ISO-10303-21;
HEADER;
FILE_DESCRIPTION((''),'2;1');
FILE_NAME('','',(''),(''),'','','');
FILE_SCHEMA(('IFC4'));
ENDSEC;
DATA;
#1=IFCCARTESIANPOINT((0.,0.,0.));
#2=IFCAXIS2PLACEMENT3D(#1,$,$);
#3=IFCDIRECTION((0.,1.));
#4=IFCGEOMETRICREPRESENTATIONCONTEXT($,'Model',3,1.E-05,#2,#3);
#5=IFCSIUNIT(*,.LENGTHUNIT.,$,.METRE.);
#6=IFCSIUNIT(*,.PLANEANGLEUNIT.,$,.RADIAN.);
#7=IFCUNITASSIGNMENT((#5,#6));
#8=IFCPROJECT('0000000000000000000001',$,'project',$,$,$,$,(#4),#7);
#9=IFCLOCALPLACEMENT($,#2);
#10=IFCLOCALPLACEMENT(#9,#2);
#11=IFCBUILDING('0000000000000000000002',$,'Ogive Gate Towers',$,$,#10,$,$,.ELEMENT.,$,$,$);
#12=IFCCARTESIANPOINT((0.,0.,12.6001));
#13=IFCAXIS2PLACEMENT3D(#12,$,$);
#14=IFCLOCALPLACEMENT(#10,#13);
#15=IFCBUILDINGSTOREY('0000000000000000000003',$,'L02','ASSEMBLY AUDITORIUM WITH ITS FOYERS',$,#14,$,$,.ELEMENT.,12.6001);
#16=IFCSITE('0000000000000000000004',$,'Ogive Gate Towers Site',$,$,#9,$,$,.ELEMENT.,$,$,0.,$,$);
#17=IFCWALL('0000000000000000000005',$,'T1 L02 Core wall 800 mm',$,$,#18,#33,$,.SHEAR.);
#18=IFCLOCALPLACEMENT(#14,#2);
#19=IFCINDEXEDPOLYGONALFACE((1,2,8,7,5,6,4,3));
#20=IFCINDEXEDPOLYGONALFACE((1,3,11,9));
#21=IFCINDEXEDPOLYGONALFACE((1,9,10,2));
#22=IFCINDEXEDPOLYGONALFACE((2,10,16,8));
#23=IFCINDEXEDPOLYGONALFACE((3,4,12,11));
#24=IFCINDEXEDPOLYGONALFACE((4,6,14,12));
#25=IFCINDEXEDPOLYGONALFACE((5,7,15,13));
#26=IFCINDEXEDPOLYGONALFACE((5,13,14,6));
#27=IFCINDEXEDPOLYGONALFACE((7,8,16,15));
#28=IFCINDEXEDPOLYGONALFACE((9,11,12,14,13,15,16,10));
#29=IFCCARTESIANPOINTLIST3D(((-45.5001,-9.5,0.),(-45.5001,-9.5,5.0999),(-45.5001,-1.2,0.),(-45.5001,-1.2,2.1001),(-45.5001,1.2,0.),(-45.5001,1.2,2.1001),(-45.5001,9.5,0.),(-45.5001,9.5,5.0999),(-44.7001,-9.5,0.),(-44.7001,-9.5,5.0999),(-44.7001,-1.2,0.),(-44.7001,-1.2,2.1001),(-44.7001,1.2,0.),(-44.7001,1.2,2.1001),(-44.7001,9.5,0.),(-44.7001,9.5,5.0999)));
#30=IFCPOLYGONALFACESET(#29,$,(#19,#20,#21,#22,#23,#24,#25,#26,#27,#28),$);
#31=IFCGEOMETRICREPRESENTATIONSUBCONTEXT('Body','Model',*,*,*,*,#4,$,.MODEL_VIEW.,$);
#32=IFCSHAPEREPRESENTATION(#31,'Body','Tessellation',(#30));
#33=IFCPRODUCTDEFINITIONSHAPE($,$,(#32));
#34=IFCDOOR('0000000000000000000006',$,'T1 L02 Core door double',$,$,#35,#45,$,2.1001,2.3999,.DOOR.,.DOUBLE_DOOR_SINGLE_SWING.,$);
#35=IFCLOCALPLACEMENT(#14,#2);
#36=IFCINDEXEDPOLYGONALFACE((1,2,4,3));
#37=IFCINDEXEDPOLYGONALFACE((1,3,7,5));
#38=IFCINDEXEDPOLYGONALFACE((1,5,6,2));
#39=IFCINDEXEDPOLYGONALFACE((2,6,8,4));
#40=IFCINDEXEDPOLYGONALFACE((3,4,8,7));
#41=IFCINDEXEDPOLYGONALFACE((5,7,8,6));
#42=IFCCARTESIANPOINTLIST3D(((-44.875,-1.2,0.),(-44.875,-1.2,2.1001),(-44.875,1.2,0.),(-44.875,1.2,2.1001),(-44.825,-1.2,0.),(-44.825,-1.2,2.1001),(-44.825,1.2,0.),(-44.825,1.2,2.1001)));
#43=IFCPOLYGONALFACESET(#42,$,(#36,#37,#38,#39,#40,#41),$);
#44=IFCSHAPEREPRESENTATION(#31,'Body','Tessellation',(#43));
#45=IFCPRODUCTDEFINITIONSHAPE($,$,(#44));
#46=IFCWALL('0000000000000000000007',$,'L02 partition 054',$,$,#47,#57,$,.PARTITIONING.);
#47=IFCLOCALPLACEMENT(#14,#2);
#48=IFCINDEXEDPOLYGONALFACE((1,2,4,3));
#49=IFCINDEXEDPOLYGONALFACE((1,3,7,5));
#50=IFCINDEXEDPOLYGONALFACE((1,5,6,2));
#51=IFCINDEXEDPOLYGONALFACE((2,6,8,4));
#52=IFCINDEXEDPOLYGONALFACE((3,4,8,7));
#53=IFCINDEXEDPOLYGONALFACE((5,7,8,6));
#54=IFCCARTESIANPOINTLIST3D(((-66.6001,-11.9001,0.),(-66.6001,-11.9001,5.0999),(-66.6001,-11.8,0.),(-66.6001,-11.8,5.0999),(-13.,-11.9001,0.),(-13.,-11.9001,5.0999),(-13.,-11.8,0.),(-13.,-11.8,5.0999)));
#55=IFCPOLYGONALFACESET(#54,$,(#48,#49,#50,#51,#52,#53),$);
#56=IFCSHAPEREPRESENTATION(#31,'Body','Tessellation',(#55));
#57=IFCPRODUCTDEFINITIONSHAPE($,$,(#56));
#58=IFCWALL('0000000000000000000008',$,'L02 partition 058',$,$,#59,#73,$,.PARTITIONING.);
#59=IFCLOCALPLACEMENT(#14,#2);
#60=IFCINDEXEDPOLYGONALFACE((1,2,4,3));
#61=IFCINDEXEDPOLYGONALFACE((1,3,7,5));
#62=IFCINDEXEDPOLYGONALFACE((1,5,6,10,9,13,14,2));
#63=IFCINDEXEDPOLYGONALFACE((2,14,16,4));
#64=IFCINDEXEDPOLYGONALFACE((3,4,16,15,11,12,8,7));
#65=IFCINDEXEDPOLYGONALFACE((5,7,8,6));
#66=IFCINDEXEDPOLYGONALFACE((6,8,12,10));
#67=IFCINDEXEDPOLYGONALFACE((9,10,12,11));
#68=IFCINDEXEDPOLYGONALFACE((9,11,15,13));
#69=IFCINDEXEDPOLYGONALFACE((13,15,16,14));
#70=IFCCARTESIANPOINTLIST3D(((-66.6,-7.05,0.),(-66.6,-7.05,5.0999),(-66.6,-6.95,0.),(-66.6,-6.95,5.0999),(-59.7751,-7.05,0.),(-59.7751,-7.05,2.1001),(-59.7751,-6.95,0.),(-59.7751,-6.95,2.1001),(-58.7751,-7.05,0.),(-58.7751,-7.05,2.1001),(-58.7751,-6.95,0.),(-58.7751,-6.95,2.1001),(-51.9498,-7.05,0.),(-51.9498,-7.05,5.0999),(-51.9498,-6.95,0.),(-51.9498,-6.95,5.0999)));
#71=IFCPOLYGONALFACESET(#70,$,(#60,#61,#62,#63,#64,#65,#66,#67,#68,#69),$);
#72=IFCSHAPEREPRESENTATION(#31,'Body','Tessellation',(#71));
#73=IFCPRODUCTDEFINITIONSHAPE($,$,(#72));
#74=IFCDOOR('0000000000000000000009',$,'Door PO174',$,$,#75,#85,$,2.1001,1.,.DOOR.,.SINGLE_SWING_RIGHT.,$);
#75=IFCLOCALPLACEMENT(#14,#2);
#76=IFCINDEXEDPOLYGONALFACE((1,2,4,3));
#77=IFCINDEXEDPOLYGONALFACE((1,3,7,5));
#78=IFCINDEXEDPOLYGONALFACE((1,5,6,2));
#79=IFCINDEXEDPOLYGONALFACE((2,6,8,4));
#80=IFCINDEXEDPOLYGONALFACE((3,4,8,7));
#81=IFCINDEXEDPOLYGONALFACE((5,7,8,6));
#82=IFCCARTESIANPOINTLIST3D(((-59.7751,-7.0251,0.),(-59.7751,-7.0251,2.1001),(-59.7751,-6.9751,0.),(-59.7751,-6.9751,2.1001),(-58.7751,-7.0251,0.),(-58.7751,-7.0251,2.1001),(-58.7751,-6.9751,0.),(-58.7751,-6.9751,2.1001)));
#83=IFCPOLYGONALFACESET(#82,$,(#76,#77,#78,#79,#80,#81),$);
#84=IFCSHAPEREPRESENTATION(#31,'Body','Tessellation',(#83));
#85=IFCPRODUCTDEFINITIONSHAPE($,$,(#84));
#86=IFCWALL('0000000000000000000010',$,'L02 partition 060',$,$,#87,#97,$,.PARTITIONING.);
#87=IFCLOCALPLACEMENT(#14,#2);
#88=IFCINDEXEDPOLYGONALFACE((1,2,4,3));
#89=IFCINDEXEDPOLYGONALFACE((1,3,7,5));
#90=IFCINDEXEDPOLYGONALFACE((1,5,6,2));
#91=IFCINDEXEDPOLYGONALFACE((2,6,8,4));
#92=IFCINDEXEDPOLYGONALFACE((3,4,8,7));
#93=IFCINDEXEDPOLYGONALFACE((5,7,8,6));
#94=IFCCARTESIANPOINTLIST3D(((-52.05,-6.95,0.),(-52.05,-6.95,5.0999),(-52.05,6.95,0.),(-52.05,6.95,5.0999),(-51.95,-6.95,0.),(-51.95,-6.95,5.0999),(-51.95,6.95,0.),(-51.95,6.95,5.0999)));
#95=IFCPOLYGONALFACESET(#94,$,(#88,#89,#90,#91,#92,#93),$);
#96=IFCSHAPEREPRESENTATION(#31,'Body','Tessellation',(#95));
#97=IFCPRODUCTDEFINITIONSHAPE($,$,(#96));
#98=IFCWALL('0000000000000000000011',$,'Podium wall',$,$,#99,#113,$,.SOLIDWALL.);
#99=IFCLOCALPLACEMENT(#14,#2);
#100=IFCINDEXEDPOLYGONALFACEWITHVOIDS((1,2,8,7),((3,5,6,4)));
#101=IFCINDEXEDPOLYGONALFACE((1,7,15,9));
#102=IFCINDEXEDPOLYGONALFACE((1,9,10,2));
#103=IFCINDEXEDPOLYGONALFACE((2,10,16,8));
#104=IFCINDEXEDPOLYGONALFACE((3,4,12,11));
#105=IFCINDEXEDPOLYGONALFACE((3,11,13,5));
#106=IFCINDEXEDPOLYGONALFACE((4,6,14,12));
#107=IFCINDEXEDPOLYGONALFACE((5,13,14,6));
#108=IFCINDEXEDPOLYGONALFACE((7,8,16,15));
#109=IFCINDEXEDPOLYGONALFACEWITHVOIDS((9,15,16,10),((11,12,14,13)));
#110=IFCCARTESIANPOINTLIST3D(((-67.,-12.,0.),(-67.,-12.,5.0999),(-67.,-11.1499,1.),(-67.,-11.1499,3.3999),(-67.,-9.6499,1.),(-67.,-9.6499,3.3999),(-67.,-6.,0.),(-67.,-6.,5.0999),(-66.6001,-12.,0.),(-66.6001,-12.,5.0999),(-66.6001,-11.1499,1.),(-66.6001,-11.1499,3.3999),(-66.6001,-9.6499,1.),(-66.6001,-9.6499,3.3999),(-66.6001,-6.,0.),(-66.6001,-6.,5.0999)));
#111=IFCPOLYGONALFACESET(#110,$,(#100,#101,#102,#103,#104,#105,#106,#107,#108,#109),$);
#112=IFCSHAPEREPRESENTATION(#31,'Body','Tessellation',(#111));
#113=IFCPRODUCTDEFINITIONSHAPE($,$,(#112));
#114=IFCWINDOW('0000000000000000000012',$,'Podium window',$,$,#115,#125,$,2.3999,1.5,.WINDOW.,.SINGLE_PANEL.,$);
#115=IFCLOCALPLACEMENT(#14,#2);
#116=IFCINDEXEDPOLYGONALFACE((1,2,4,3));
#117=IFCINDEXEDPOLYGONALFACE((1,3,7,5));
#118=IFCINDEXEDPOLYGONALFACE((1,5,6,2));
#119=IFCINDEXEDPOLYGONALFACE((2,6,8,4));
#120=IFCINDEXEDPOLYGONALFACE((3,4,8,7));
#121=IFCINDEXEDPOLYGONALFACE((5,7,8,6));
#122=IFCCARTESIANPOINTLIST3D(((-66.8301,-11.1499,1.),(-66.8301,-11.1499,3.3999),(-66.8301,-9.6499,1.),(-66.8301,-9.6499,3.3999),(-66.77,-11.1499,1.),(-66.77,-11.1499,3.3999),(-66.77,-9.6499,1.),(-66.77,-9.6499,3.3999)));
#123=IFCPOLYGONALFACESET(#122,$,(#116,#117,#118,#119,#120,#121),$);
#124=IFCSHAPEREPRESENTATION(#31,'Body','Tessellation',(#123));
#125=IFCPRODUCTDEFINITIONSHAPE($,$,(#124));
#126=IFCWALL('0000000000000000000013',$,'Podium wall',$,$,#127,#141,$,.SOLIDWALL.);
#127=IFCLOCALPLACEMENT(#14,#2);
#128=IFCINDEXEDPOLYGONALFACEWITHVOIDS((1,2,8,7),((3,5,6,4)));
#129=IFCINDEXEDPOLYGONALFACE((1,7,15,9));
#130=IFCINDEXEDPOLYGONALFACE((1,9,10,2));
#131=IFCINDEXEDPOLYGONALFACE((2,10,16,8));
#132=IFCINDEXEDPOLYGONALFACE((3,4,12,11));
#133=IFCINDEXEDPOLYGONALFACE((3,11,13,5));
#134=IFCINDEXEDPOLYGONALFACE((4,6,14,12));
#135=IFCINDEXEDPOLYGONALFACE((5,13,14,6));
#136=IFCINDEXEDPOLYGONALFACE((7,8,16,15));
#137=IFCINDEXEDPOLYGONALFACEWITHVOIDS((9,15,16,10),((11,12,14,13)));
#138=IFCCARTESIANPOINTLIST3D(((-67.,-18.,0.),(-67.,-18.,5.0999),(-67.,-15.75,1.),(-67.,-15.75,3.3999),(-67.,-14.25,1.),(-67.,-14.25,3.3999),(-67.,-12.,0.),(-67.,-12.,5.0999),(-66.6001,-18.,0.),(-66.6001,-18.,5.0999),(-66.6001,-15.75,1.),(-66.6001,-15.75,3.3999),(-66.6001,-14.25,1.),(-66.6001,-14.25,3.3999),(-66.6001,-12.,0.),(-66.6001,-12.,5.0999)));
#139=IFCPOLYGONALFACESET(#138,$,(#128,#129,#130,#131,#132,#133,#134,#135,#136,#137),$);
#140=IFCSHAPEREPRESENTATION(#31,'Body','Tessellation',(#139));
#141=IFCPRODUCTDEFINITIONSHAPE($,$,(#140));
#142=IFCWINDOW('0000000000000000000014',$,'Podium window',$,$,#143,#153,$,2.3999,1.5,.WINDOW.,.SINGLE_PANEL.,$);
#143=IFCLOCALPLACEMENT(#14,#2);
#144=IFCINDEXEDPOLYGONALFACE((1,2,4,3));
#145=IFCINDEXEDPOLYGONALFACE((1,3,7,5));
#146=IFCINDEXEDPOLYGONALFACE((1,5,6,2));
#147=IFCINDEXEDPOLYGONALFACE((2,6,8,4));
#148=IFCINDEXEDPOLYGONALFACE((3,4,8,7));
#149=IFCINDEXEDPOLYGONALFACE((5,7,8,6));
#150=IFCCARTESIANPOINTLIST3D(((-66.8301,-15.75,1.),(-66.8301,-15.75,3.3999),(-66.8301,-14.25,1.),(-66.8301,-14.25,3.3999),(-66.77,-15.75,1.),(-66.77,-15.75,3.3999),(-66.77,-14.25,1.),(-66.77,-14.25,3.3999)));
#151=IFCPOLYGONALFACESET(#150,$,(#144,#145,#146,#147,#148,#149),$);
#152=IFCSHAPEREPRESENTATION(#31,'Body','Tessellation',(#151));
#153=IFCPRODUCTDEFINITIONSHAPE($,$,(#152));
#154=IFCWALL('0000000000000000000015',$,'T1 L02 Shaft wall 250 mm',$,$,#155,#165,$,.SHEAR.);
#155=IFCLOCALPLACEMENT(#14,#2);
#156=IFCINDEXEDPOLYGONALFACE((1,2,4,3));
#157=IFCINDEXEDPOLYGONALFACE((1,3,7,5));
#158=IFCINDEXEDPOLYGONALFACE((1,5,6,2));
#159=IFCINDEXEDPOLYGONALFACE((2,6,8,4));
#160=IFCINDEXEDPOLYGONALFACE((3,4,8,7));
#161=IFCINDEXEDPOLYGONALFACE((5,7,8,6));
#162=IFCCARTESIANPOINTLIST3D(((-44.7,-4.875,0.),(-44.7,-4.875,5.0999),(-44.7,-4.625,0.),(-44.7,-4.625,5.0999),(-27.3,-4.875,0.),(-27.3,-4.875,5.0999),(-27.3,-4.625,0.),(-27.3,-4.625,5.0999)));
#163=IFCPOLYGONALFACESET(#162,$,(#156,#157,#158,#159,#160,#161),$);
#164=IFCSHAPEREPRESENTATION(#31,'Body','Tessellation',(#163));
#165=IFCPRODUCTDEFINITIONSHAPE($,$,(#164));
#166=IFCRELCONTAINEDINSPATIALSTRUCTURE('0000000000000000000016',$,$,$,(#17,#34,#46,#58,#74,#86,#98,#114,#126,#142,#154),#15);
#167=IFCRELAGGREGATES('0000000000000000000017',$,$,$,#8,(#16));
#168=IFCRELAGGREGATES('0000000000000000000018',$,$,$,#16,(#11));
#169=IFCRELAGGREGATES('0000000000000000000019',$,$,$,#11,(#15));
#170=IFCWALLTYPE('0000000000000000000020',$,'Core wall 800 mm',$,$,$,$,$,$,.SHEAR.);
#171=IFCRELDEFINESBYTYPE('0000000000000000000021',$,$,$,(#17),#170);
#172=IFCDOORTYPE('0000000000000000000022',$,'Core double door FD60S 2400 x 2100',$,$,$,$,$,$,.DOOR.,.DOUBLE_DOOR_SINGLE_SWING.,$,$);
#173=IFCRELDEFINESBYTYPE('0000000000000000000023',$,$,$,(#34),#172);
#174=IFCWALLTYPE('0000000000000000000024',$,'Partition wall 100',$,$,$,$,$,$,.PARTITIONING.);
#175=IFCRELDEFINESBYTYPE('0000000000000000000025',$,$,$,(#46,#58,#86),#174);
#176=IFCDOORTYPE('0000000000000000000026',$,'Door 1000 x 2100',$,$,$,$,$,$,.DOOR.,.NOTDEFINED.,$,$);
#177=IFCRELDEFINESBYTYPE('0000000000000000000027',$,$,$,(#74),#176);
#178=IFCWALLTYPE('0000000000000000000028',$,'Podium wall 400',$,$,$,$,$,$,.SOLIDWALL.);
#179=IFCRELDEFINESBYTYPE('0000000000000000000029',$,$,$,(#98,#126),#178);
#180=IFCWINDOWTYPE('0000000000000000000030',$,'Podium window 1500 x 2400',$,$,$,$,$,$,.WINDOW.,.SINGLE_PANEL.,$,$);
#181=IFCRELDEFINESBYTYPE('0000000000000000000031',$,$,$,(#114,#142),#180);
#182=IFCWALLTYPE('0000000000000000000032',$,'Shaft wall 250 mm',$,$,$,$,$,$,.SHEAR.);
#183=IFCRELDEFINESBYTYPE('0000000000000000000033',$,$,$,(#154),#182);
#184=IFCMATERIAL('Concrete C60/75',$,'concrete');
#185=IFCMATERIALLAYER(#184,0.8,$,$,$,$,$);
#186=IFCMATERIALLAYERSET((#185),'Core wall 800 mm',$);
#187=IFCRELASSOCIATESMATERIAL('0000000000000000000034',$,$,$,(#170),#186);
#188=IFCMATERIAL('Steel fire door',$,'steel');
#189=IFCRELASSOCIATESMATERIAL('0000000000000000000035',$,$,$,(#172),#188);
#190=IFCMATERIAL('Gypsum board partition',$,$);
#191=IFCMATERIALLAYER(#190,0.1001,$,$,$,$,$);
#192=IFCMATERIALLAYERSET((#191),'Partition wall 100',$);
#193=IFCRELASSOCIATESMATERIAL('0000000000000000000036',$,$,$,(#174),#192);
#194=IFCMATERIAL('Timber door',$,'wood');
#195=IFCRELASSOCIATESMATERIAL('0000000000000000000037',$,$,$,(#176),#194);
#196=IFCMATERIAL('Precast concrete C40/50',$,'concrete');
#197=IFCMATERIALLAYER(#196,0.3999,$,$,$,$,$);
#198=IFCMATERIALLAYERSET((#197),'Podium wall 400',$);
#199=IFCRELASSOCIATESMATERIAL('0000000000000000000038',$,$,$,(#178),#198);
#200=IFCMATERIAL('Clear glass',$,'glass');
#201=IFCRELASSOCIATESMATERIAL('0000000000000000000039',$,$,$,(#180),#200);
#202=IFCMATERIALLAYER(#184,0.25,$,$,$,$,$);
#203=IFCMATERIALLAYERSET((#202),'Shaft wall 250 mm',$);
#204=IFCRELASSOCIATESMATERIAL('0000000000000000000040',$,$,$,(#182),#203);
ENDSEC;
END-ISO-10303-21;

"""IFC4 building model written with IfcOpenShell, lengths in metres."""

from ifc_helpers import new_model, si_unit, direction, frame, frame_2d, origin, place, context, subcontext, project, spatial, rectangle, extrude, material, layer, layer_set, type_object, element, fill, save


model = new_model("IFC4")

# Units and contexts
model_context = context("Model", 3, precision=1e-05, world=origin(), true_north=direction((0.0, 1.0)))
body_context = subcontext(model_context, "Body", "Model", "MODEL_VIEW")
ifc_project = project(units=[si_unit("LENGTHUNIT", "METRE"), si_unit("PLANEANGLEUNIT", "RADIAN")], contexts=[model_context])

# Site, building, storey
site_placement = place(None, origin())
site = spatial("IfcSite", under=ifc_project, at=site_placement, Name="Ogive Gate Towers Site", CompositionType="ELEMENT", RefElevation=0.0)
building_placement = place(site_placement, origin())
building = spatial("IfcBuilding", under=site, at=building_placement, Name="Ogive Gate Towers", CompositionType="ELEMENT")
storey_placement = place(building_placement, frame((0.0, 0.0, 12.6001)))
storey = spatial("IfcBuildingStorey", under=building, at=storey_placement, Name="L02", Description="ASSEMBLY AUDITORIUM WITH ITS FOYERS", CompositionType="ELEMENT", Elevation=12.6001)

# Shared definitions
ifc_material_1 = material(Name="Concrete C60/75", Category="concrete")
ifc_layer_1 = layer(ifc_material_1, 0.8)
ifc_layer_set_1 = layer_set([ifc_layer_1], Name="Core wall 800 mm")
wall_type_1 = type_object("IfcWallType", Name="Core wall 800 mm", PredefinedType="SHEAR", material=ifc_layer_set_1)
ifc_material_2 = material(Name="Timber door", Category="wood")
ifc_material_3 = material(Name="Steel fire door", Category="steel")

# Wall, opening, door
wall_1_placement = place(storey_placement, frame((-45.1001, -9.5, 0.0), z_axis=(0.0, 0.0, 1.0), x_axis=(0.0, 1.0, 0.0)))
wall_1 = element("IfcWall", 1, at=wall_1_placement, inside=storey, type_object=wall_type_1, Name="T1 L02 Core wall 800 mm", PredefinedType="SHEAR", context=body_context, shape_type="SweptSolid", body=[
    extrude(rectangle(XDim=19.0, YDim=0.8, at=frame_2d((9.5, 0.0))), origin(), (0.0, 0.0, 1.0), 5.0999),
])
opening_1_placement = place(wall_1_placement, frame((8.3, 0.0, 0.0)))
opening_1 = element("IfcOpeningElement", 2, at=opening_1_placement, cuts=wall_1, PredefinedType="OPENING", context=body_context, shape_type="SweptSolid", body=[
    extrude(rectangle(XDim=2.3999, YDim=2.1001, at=frame_2d((1.2, 1.05))), frame((0.0, 0.4102, 0.0), z_axis=(0.0, -1.0, 0.0), x_axis=(1.0, 0.0, 0.0)), (0.0, 0.0, 1.0), 0.8201),
])
door_type_1 = type_object("IfcDoorType", Name="Core double door FD60S 2400 x 2100", OperationType="DOUBLE_DOOR_SINGLE_SWING", PredefinedType="DOOR", material=ifc_material_3)
door_1_placement = place(opening_1_placement, origin())
door_1 = element("IfcDoor", 3, at=door_1_placement, inside=storey, type_object=door_type_1, Name="T1 L02 Core door double", OperationType="DOUBLE_DOOR_SINGLE_SWING", OverallHeight=2.1001, OverallWidth=2.3999, PredefinedType="DOOR", context=body_context, shape_type="SweptSolid", body=[
    extrude(rectangle(XDim=2.3999, YDim=2.1001, at=frame_2d((1.2, 1.05))), frame((0.0, -0.2251, 0.0), z_axis=(0.0, -1.0, 0.0), x_axis=(1.0, 0.0, 0.0)), (0.0, 0.0, 1.0), 0.05),
])
fill(opening_1, door_1)

# Wall
ifc_material_4 = material(Name="Gypsum board partition")
ifc_layer_2 = layer(ifc_material_4, 0.1001)
ifc_layer_set_2 = layer_set([ifc_layer_2], Name="Partition wall 100")
wall_type_2 = type_object("IfcWallType", Name="Partition wall 100", PredefinedType="PARTITIONING", material=ifc_layer_set_2)
wall_2_placement = place(storey_placement, frame((-66.6001, -11.8501, 0.0), z_axis=(0.0, 0.0, 1.0), x_axis=(1.0, 0.0, 0.0)))
element("IfcWall", 4, at=wall_2_placement, inside=storey, type_object=wall_type_2, Name="L02 partition 054", PredefinedType="PARTITIONING", context=body_context, shape_type="SweptSolid", body=[
    extrude(rectangle(XDim=53.6001, YDim=0.1001, at=frame_2d((26.8, 0.0))), origin(), (0.0, 0.0, 1.0), 5.0999),
])

# Wall, opening, door
wall_3_placement = place(storey_placement, frame((-66.6001, -7.0, 0.0), z_axis=(0.0, 0.0, 1.0), x_axis=(1.0, 0.0, 0.0)))
wall_3 = element("IfcWall", 5, at=wall_3_placement, inside=storey, type_object=wall_type_2, Name="L02 partition 058", PredefinedType="PARTITIONING", context=body_context, shape_type="SweptSolid", body=[
    extrude(rectangle(XDim=14.6501, YDim=0.1001, at=frame_2d((7.3252, 0.0))), origin(), (0.0, 0.0, 1.0), 5.0999),
])
opening_2_placement = place(wall_3_placement, frame((6.825, 0.0, 0.0)))
opening_2 = element("IfcOpeningElement", 6, at=opening_2_placement, cuts=wall_3, PredefinedType="OPENING", context=body_context, shape_type="SweptSolid", body=[
    extrude(rectangle(XDim=1.0, YDim=2.1001, at=frame_2d((0.5, 1.05))), frame((0.0, 0.0601, 0.0), z_axis=(0.0, -1.0, 0.0), x_axis=(1.0, 0.0, 0.0)), (0.0, 0.0, 1.0), 0.1201),
])
door_type_2 = type_object("IfcDoorType", Name="Door 1000 x 2100", OperationType="NOTDEFINED", PredefinedType="DOOR", material=ifc_material_2)
door_2_placement = place(opening_2_placement, origin())
door_2 = element("IfcDoor", 7, at=door_2_placement, inside=storey, type_object=door_type_2, Name="Door PO174", OperationType="SINGLE_SWING_RIGHT", OverallHeight=2.1001, OverallWidth=1.0, PredefinedType="DOOR", context=body_context, shape_type="SweptSolid", body=[
    extrude(rectangle(XDim=1.0, YDim=2.1001, at=frame_2d((0.5, 1.05))), frame((0.0, 0.0249, 0.0), z_axis=(0.0, -1.0, 0.0), x_axis=(1.0, 0.0, 0.0)), (0.0, 0.0, 1.0), 0.05),
])
fill(opening_2, door_2)

# Wall
wall_4_placement = place(storey_placement, frame((-52.0, -6.95, 0.0), z_axis=(0.0, 0.0, 1.0), x_axis=(0.0, 1.0, 0.0)))
element("IfcWall", 8, at=wall_4_placement, inside=storey, type_object=wall_type_2, Name="L02 partition 060", PredefinedType="PARTITIONING", context=body_context, shape_type="SweptSolid", body=[
    extrude(rectangle(XDim=13.8999, YDim=0.1001, at=frame_2d((6.95, 0.0))), origin(), (0.0, 0.0, 1.0), 5.0999),
])

# Walls, openings, windows
ifc_material_5 = material(Name="Precast concrete C40/50", Category="concrete")
ifc_layer_3 = layer(ifc_material_5, 0.3999)
ifc_layer_set_3 = layer_set([ifc_layer_3], Name="Podium wall 400")
wall_type_3 = type_object("IfcWallType", Name="Podium wall 400", PredefinedType="SOLIDWALL", material=ifc_layer_set_3)
wall_5_placement = place(storey_placement, frame((-66.8, -6.0, 0.0), z_axis=(0.0, 0.0, 1.0), x_axis=(0.0, -1.0, 0.0)))
wall_5 = element("IfcWall", 9, at=wall_5_placement, inside=storey, type_object=wall_type_3, Name="Podium wall", PredefinedType="SOLIDWALL", context=body_context, shape_type="SweptSolid", body=[
    extrude(rectangle(XDim=6.0, YDim=0.3999, at=frame_2d((3.0, 0.0))), origin(), (0.0, 0.0, 1.0), 5.0999),
])
opening_3_placement = place(wall_5_placement, frame((3.6499, 0.0, 1.0)))
opening_3 = element("IfcOpeningElement", 10, at=opening_3_placement, cuts=wall_5, PredefinedType="OPENING", context=body_context, shape_type="SweptSolid", body=[
    extrude(rectangle(XDim=1.5, YDim=2.3999, at=frame_2d((0.75, 1.2))), frame((0.0, 0.21, 0.0), z_axis=(0.0, -1.0, 0.0), x_axis=(1.0, 0.0, 0.0)), (0.0, 0.0, 1.0), 0.4199),
])
ifc_material_6 = material(Name="Clear glass", Category="glass")
window_type = type_object("IfcWindowType", Name="Podium window 1500 x 2400", PartitioningType="SINGLE_PANEL", PredefinedType="WINDOW", material=ifc_material_6)
window_1_placement = place(opening_3_placement, origin())
window_1 = element("IfcWindow", 11, at=window_1_placement, inside=storey, type_object=window_type, Name="Podium window", OverallHeight=2.3999, OverallWidth=1.5, PartitioningType="SINGLE_PANEL", PredefinedType="WINDOW", context=body_context, shape_type="SweptSolid", body=[
    extrude(rectangle(XDim=1.5, YDim=2.3999, at=frame_2d((0.75, 1.2))), frame((0.0, 0.03, 0.0), z_axis=(0.0, -1.0, 0.0), x_axis=(1.0, 0.0, 0.0)), (0.0, 0.0, 1.0), 0.0601),
])
fill(opening_3, window_1)
wall_6_placement = place(storey_placement, frame((-66.8, -12.0, 0.0), z_axis=(0.0, 0.0, 1.0), x_axis=(0.0, -1.0, 0.0)))
wall_6 = element("IfcWall", 12, at=wall_6_placement, inside=storey, type_object=wall_type_3, Name="Podium wall", PredefinedType="SOLIDWALL", context=body_context, shape_type="SweptSolid", body=[
    extrude(rectangle(XDim=6.0, YDim=0.3999, at=frame_2d((3.0, 0.0))), origin(), (0.0, 0.0, 1.0), 5.0999),
])
opening_4_placement = place(wall_6_placement, frame((2.25, 0.0, 1.0)))
opening_4 = element("IfcOpeningElement", 13, at=opening_4_placement, cuts=wall_6, PredefinedType="OPENING", context=body_context, shape_type="SweptSolid", body=[
    extrude(rectangle(XDim=1.5, YDim=2.3999, at=frame_2d((0.75, 1.2))), frame((0.0, 0.21, 0.0), z_axis=(0.0, -1.0, 0.0), x_axis=(1.0, 0.0, 0.0)), (0.0, 0.0, 1.0), 0.4199),
])
window_2_placement = place(opening_4_placement, origin())
window_2 = element("IfcWindow", 14, at=window_2_placement, inside=storey, type_object=window_type, Name="Podium window", OverallHeight=2.3999, OverallWidth=1.5, PartitioningType="SINGLE_PANEL", PredefinedType="WINDOW", context=body_context, shape_type="SweptSolid", body=[
    extrude(rectangle(XDim=1.5, YDim=2.3999, at=frame_2d((0.75, 1.2))), frame((0.0, 0.03, 0.0), z_axis=(0.0, -1.0, 0.0), x_axis=(1.0, 0.0, 0.0)), (0.0, 0.0, 1.0), 0.0601),
])
fill(opening_4, window_2)

# Wall
ifc_layer_4 = layer(ifc_material_1, 0.25)
ifc_layer_set_4 = layer_set([ifc_layer_4], Name="Shaft wall 250 mm")
wall_type_4 = type_object("IfcWallType", Name="Shaft wall 250 mm", PredefinedType="SHEAR", material=ifc_layer_set_4)
wall_7_placement = place(storey_placement, frame((-44.7, -4.75, 0.0), z_axis=(0.0, 0.0, 1.0), x_axis=(1.0, 0.0, 0.0)))
element("IfcWall", 15, at=wall_7_placement, inside=storey, type_object=wall_type_4, Name="T1 L02 Shaft wall 250 mm", PredefinedType="SHEAR", context=body_context, shape_type="SweptSolid", body=[
    extrude(rectangle(XDim=17.3999, YDim=0.25, at=frame_2d((8.7, 0.0))), origin(), (0.0, 0.0, 1.0), 5.0999),
])

save(model, "model.ifc")
